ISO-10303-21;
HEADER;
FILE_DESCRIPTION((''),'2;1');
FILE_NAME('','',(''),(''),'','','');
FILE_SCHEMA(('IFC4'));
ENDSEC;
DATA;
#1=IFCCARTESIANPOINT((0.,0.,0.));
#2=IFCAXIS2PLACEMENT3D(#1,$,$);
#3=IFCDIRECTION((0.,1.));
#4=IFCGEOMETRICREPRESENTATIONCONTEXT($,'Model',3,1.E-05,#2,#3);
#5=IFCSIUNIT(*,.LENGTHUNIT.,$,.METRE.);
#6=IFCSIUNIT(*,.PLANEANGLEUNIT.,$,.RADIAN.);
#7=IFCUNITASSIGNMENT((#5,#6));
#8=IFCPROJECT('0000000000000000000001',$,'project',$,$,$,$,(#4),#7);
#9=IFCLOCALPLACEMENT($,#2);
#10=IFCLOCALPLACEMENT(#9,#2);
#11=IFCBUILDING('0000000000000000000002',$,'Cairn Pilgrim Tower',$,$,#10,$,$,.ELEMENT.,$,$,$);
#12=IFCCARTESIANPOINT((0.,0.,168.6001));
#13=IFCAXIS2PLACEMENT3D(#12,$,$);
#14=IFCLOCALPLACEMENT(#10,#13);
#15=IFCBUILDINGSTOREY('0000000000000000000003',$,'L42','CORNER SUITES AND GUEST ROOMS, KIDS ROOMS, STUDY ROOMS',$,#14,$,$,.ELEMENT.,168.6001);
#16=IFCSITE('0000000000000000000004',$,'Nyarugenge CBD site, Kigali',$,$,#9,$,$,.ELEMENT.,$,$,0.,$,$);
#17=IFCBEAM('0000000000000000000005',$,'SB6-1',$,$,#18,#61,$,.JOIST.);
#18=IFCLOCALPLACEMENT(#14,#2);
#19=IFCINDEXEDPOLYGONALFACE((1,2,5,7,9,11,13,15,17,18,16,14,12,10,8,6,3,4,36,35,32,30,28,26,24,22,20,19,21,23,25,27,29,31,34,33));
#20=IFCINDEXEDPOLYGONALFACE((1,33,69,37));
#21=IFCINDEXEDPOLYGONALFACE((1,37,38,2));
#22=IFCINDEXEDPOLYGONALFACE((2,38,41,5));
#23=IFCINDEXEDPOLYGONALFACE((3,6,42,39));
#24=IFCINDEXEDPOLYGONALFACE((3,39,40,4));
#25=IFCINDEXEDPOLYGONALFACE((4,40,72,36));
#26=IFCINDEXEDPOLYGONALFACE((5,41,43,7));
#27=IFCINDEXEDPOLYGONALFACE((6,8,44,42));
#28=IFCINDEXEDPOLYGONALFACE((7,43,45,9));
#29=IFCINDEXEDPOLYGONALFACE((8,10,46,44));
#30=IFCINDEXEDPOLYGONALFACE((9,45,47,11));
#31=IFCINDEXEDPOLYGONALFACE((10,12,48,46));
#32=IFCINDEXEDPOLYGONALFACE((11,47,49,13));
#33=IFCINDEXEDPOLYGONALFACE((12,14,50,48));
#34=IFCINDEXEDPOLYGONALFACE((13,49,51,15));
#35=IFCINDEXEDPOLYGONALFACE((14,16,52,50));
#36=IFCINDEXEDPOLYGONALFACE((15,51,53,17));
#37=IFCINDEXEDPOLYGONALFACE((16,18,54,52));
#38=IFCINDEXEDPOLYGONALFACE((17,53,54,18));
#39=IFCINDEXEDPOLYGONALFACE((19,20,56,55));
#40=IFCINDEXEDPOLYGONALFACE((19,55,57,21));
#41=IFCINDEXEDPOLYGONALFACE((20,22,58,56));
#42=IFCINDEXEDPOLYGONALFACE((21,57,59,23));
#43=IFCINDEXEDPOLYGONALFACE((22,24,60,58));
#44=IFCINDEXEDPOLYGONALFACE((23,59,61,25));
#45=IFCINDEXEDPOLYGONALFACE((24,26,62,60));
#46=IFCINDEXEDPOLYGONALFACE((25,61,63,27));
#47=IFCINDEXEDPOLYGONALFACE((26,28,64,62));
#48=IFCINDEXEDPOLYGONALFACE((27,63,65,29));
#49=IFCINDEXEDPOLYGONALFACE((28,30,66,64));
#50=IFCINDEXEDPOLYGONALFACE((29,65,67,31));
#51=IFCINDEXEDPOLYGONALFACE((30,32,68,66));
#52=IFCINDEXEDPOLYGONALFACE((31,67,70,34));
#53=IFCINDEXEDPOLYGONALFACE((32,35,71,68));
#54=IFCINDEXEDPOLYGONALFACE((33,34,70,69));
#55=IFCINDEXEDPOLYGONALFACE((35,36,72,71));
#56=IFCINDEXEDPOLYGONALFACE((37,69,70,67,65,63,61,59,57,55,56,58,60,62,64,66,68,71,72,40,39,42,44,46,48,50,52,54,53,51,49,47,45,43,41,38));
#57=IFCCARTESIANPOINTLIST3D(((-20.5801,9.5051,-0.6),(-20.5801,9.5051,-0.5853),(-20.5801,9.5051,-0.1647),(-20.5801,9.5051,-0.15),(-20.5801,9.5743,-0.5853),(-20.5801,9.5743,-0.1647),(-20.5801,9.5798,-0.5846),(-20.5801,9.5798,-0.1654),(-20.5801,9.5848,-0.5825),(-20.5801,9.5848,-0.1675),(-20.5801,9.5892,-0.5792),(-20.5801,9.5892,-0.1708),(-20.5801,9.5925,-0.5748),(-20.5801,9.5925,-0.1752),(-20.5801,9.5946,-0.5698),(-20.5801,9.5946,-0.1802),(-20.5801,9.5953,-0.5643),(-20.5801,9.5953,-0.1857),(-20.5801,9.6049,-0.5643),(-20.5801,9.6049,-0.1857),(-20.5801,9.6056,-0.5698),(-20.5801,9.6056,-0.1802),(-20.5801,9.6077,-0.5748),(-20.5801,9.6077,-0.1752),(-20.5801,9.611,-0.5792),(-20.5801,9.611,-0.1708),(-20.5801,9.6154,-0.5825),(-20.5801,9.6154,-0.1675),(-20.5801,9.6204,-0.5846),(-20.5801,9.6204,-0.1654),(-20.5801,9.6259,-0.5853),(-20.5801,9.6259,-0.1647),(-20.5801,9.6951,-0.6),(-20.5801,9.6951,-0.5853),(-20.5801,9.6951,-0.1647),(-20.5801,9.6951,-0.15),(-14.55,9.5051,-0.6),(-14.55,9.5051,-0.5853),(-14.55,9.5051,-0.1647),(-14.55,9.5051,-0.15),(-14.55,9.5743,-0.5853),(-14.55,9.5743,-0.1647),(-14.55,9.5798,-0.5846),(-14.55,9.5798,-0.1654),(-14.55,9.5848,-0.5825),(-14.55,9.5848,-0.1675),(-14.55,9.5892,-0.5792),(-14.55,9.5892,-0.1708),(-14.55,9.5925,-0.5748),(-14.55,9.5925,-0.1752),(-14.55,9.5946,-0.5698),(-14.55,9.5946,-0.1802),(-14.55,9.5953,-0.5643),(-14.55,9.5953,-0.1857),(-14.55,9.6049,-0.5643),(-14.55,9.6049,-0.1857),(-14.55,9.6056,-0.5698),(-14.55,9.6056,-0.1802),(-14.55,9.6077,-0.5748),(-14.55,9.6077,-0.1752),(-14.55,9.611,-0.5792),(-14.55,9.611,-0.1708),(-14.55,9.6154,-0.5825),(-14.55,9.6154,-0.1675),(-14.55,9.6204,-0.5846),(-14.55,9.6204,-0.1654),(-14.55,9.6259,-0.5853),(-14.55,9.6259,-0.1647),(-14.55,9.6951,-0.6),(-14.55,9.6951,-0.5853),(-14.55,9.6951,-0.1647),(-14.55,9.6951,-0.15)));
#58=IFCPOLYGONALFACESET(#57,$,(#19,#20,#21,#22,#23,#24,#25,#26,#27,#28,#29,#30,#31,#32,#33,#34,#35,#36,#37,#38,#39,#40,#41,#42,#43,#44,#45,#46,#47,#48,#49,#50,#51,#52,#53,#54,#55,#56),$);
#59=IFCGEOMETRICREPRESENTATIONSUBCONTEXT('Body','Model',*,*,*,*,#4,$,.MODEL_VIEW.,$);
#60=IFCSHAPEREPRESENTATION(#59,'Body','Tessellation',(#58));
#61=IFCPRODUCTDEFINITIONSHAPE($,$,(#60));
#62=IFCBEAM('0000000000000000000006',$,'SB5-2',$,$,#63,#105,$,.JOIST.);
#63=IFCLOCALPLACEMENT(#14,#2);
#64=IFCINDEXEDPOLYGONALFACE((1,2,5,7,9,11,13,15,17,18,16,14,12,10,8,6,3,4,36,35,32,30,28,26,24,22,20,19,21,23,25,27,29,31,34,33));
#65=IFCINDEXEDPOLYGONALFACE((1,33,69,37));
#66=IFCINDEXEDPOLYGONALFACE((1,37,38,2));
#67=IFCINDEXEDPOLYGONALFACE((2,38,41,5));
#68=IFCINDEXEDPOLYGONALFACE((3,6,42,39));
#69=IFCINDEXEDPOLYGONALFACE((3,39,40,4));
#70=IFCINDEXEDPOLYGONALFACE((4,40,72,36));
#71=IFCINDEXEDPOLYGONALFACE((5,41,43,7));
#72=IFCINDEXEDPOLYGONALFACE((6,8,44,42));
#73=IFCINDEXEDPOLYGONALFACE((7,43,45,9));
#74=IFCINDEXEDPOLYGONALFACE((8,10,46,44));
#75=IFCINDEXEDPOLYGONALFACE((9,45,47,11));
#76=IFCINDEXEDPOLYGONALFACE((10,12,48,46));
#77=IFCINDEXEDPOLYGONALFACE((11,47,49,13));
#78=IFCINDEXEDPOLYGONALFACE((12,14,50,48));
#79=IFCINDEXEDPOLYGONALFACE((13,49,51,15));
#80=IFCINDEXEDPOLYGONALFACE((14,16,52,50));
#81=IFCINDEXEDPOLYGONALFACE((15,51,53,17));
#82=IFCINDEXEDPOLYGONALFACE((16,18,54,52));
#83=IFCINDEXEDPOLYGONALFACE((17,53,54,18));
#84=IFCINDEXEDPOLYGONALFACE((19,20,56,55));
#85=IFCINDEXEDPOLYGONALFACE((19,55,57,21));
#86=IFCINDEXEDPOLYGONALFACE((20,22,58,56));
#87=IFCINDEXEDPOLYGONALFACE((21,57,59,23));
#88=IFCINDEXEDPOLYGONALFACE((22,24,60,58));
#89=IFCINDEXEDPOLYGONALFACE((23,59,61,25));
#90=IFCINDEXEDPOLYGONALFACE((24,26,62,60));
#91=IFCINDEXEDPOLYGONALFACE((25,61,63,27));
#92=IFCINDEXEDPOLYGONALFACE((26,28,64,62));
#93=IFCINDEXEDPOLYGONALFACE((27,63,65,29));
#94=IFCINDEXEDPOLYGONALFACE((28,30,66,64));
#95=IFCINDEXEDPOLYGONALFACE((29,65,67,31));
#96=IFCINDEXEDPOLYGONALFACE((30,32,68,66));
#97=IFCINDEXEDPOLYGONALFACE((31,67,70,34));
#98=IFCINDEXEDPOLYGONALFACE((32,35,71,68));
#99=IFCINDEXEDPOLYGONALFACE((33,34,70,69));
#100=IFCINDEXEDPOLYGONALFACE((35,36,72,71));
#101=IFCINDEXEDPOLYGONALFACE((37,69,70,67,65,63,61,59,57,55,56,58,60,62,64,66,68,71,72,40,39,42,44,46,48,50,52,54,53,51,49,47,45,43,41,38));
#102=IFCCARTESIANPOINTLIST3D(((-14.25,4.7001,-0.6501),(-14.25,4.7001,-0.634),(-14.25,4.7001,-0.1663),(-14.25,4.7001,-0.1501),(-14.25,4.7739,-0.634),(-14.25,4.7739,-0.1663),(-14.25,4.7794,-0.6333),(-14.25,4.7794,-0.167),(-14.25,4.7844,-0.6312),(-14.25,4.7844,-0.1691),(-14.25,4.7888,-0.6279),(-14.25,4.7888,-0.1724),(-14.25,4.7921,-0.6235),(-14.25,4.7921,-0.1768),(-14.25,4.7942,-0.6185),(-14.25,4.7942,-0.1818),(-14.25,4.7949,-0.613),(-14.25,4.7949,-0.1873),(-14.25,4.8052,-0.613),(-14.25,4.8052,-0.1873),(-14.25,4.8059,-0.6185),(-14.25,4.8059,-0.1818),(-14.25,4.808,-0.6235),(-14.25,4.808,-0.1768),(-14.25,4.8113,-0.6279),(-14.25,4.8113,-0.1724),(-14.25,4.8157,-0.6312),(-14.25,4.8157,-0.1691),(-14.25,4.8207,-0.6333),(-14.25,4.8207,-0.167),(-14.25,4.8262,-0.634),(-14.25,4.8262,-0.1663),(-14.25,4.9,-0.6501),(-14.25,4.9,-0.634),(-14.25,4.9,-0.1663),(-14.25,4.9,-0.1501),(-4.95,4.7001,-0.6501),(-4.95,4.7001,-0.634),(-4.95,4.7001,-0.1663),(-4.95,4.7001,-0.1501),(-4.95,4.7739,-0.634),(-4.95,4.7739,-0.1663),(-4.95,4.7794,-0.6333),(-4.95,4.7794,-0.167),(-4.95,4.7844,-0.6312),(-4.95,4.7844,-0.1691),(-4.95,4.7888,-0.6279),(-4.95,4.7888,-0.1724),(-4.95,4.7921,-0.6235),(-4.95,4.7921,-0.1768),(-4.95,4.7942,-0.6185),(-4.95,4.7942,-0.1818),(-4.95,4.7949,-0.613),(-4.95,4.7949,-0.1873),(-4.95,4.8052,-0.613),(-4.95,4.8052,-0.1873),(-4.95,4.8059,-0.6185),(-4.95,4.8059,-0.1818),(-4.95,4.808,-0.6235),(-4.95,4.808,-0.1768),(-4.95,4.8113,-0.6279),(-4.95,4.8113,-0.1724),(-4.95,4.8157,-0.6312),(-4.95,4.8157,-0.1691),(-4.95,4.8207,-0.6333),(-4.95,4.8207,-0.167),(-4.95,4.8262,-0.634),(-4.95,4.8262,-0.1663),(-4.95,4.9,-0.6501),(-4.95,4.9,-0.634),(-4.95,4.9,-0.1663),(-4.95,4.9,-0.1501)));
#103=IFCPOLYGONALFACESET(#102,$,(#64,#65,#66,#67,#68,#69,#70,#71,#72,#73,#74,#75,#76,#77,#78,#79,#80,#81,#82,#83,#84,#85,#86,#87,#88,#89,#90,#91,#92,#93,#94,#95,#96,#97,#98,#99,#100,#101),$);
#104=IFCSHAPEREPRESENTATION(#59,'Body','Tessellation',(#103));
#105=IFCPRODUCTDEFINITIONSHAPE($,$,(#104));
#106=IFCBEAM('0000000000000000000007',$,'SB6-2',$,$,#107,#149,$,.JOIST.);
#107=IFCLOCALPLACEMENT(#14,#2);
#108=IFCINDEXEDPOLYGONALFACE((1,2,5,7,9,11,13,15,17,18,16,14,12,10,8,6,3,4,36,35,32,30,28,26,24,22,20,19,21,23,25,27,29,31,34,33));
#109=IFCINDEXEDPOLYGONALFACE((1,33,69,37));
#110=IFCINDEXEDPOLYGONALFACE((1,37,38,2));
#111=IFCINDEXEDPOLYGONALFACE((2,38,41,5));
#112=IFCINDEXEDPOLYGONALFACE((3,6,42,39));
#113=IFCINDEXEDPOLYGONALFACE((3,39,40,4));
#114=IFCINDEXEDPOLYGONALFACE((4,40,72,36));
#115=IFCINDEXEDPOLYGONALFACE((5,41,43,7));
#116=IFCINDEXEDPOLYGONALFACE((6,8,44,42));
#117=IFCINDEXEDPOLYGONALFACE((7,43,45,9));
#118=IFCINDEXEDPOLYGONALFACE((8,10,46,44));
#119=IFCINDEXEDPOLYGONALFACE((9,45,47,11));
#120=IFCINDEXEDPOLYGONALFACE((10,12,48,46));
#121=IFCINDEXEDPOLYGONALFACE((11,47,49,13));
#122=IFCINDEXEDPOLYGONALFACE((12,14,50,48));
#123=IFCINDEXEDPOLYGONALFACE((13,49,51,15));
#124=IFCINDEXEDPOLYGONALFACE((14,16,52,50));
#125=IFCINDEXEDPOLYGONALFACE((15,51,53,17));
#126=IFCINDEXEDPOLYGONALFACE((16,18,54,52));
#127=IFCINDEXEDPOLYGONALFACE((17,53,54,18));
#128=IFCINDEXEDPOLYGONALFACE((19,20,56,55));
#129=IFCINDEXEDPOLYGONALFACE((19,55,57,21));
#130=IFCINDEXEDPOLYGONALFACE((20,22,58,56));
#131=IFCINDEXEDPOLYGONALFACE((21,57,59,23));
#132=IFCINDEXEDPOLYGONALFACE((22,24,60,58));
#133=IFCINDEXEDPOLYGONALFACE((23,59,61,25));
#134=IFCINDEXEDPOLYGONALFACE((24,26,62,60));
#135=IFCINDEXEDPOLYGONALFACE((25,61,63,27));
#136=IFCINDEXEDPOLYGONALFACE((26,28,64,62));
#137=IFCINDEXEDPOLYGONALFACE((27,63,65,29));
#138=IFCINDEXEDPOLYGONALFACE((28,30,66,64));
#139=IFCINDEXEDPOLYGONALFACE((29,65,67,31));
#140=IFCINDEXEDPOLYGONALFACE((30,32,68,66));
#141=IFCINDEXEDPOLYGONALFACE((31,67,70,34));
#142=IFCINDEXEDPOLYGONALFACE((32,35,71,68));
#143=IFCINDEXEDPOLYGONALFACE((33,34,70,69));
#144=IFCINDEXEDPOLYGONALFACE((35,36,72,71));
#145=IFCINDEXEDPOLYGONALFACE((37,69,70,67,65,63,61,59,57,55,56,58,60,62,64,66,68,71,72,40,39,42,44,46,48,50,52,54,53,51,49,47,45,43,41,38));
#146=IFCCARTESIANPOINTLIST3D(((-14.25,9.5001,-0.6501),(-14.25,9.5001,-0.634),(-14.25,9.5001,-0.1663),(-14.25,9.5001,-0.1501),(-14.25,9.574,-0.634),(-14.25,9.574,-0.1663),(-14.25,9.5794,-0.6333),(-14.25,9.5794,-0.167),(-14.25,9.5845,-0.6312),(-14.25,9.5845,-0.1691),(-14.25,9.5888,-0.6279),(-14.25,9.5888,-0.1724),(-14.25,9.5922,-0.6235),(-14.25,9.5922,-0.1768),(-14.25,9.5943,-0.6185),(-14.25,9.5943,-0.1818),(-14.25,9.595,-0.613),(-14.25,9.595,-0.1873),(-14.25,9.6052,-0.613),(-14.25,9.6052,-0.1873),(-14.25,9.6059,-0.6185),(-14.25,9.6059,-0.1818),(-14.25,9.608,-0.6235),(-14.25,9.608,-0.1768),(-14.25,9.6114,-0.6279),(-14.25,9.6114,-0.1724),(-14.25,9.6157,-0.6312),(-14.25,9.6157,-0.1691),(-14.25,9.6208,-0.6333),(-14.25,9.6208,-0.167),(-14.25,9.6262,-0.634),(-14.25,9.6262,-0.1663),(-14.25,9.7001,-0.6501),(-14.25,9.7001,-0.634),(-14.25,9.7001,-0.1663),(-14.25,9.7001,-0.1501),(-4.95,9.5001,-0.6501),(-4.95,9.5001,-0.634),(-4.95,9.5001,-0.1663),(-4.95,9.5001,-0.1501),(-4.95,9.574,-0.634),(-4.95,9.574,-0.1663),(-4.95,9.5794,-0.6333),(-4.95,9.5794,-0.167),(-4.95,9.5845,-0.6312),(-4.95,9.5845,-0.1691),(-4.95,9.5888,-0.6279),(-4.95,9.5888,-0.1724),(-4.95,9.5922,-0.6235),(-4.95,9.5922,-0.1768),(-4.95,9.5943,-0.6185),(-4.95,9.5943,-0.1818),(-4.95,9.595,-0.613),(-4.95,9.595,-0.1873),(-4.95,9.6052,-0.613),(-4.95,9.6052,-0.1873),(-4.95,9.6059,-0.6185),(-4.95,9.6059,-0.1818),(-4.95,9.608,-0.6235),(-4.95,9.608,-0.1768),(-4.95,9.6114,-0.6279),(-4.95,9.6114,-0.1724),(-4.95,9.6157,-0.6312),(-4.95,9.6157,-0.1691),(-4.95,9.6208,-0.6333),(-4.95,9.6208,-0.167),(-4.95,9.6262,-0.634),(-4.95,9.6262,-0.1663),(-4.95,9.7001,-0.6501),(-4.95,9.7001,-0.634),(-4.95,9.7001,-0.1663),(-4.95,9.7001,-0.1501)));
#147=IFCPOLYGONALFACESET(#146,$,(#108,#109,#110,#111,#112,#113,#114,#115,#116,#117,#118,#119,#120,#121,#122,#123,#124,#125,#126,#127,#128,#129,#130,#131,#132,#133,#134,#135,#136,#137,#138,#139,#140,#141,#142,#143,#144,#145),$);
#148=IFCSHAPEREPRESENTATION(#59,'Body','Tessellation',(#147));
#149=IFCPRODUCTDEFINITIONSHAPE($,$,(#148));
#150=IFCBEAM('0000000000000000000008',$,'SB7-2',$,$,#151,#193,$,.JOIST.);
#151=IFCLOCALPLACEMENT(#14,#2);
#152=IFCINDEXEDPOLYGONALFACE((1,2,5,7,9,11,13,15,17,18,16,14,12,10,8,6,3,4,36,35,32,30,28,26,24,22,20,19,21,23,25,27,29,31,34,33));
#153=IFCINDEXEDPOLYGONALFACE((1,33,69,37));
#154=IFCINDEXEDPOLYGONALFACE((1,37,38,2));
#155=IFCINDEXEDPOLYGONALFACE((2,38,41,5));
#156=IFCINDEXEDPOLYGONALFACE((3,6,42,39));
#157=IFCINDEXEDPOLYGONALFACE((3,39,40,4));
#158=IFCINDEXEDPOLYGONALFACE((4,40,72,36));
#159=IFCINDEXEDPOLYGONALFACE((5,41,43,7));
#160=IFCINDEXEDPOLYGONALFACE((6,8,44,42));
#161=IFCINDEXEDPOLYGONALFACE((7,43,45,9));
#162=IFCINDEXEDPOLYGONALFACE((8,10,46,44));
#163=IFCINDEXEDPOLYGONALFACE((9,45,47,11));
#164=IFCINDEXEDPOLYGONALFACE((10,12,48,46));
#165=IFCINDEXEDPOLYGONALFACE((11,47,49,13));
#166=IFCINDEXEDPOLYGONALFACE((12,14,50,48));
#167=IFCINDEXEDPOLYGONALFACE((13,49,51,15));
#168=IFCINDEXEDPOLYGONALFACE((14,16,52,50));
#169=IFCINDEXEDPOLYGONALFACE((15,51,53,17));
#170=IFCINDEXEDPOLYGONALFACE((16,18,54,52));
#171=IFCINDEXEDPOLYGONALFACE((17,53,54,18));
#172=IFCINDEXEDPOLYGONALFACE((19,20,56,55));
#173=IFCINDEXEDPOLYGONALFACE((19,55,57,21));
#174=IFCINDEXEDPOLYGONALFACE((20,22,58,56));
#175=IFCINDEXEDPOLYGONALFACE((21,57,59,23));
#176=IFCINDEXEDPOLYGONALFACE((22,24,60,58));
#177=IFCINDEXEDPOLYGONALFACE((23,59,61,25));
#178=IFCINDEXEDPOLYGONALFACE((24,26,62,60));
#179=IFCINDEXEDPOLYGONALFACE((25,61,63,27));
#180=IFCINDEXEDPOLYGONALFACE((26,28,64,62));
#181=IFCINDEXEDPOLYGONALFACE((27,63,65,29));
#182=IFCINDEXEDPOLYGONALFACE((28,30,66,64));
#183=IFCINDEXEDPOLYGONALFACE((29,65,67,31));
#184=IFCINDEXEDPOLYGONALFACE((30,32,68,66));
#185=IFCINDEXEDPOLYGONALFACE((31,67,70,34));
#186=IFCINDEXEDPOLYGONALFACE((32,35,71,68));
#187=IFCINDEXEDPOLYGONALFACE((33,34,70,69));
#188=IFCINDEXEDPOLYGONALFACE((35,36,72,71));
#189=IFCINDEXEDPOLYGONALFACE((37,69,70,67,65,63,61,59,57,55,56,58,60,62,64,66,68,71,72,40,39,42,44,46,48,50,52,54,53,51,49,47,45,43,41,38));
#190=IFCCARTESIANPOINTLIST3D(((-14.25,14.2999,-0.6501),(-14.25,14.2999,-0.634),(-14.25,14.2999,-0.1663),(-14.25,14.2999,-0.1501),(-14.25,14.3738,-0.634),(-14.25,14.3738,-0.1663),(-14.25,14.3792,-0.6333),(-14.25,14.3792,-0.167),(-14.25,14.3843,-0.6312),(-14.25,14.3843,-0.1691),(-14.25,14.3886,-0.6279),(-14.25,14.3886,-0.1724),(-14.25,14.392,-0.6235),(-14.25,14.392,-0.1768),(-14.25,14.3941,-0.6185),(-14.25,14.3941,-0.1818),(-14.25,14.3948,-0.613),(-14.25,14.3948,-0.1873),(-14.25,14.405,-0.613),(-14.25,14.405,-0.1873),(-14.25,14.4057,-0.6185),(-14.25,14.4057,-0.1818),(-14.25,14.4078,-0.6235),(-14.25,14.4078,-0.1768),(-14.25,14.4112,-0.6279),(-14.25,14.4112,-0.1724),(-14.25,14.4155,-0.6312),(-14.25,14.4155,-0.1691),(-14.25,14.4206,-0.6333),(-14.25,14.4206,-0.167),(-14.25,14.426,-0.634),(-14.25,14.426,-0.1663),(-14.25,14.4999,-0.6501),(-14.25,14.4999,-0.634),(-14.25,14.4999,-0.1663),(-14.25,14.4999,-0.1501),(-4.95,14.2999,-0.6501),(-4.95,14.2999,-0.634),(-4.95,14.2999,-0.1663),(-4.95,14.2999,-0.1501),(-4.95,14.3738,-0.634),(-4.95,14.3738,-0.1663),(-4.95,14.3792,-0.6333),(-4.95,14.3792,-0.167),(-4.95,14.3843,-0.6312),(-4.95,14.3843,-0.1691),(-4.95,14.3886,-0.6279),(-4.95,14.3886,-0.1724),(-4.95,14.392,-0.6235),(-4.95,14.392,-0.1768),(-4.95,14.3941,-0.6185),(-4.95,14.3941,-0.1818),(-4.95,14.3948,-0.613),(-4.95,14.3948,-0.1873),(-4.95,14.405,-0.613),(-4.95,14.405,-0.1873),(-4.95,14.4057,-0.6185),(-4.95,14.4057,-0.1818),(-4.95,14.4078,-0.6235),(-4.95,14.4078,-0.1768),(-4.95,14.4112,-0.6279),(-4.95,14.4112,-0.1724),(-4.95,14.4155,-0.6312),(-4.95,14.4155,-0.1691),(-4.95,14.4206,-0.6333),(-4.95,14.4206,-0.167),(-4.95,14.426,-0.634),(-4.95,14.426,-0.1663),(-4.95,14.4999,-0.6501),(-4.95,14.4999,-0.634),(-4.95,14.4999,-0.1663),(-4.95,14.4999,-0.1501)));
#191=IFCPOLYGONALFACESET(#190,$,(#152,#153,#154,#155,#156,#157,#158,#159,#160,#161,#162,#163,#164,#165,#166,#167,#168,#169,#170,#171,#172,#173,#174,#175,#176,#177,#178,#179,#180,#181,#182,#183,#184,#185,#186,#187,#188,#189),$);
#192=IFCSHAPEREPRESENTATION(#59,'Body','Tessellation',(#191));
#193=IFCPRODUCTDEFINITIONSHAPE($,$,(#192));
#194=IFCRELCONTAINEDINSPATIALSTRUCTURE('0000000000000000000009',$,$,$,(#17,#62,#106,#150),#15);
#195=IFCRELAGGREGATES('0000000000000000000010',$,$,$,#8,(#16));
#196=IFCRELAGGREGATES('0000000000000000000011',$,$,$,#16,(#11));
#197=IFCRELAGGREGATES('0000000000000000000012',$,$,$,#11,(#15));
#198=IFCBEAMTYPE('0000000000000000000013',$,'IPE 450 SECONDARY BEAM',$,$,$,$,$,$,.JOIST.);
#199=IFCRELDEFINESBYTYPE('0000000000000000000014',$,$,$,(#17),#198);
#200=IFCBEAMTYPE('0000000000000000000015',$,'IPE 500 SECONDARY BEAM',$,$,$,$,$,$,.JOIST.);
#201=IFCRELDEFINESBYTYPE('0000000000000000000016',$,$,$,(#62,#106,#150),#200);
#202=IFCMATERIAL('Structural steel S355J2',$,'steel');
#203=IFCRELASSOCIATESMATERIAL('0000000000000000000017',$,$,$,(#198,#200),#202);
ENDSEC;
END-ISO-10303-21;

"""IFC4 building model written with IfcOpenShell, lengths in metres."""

from ifc_helpers import new_model, si_unit, direction, frame, origin, origin_2d, place, context, subcontext, project, spatial, i_section, extrude, material, material_profile, profile_set, type_object, element, save


model = new_model("IFC4")

# Units and contexts
model_context = context("Model", 3, precision=1e-05, world=origin(), true_north=direction((0.0, 1.0)))
body_context = subcontext(model_context, "Body", "Model", "MODEL_VIEW")
ifc_project = project(units=[si_unit("LENGTHUNIT", "METRE"), si_unit("PLANEANGLEUNIT", "RADIAN")], contexts=[model_context])

# Site, building, storey
site_placement = place(None, origin())
site = spatial("IfcSite", under=ifc_project, at=site_placement, Name="Nyarugenge CBD site, Kigali", CompositionType="ELEMENT", RefElevation=0.0)
building_placement = place(site_placement, origin())
building = spatial("IfcBuilding", under=site, at=building_placement, Name="Cairn Pilgrim Tower", CompositionType="ELEMENT")
storey_placement = place(building_placement, frame((0.0, 0.0, 168.6001)))
storey = spatial("IfcBuildingStorey", under=building, at=storey_placement, Name="L42", Description="CORNER SUITES AND GUEST ROOMS, KIDS ROOMS, STUDY ROOMS", CompositionType="ELEMENT", Elevation=168.6001)

# Shared definitions
ifc_material_1 = material(Name="Structural steel S355J2", Category="steel")

# Beams
ifc_material_profile_1 = material_profile(ifc_material_1, i_section(OverallWidth=0.1899, OverallDepth=0.45, WebThickness=0.0095, FlangeThickness=0.0146, FilletRadius=0.021, at=origin_2d()), Name="IPE 450")
ifc_profile_set_1 = profile_set([ifc_material_profile_1], Name="Structural steel S355J2")
beam_type_1 = type_object("IfcBeamType", Name="IPE 450 SECONDARY BEAM", PredefinedType="JOIST", material=ifc_profile_set_1)
beam_1_placement = place(storey_placement, frame((-20.5801, 9.6001, -0.375), z_axis=(1.0, 0.0, 0.0), x_axis=(0.0, 1.0, 0.0)))
element("IfcBeam", 1, at=beam_1_placement, inside=storey, type_object=beam_type_1, Name="SB6-1", PredefinedType="JOIST", context=body_context, shape_type="SweptSolid", body=[
    extrude(i_section(OverallWidth=0.1899, OverallDepth=0.45, WebThickness=0.0095, FlangeThickness=0.0146, FilletRadius=0.021, at=origin_2d()), origin(), (0.0, 0.0, 1.0), 6.03),
])
ifc_material_profile_2 = material_profile(ifc_material_1, i_section(OverallWidth=0.2, OverallDepth=0.5, WebThickness=0.0103, FlangeThickness=0.0161, FilletRadius=0.021, at=origin_2d()), Name="IPE 500")
ifc_profile_set_2 = profile_set([ifc_material_profile_2], Name="Structural steel S355J2")
beam_type_2 = type_object("IfcBeamType", Name="IPE 500 SECONDARY BEAM", PredefinedType="JOIST", material=ifc_profile_set_2)
for number, where, z_axis, x_axis, name in (
    (2, (-14.25, 4.8, -0.4001), (1.0, 0.0, 0.0), (0.0, 1.0, 0.0), "SB5-2"),
    (3, (-14.25, 9.6001, -0.4001), (1.0, 0.0, 0.0), (0.0, 1.0, 0.0), "SB6-2"),
    (4, (-14.25, 14.3999, -0.4001), (1.0, 0.0, 0.0), (0.0, 1.0, 0.0), "SB7-2"),
):
    element("IfcBeam", number, at=place(storey_placement, frame(where, z_axis=z_axis, x_axis=x_axis)), inside=storey, type_object=beam_type_2, Name=name, PredefinedType="JOIST", context=body_context, shape_type="SweptSolid", body=[
        extrude(i_section(OverallWidth=0.2, OverallDepth=0.5, WebThickness=0.0103, FlangeThickness=0.0161, FilletRadius=0.021, at=origin_2d()), origin(), (0.0, 0.0, 1.0), 9.3),
    ])

save(model, "model.ifc")
